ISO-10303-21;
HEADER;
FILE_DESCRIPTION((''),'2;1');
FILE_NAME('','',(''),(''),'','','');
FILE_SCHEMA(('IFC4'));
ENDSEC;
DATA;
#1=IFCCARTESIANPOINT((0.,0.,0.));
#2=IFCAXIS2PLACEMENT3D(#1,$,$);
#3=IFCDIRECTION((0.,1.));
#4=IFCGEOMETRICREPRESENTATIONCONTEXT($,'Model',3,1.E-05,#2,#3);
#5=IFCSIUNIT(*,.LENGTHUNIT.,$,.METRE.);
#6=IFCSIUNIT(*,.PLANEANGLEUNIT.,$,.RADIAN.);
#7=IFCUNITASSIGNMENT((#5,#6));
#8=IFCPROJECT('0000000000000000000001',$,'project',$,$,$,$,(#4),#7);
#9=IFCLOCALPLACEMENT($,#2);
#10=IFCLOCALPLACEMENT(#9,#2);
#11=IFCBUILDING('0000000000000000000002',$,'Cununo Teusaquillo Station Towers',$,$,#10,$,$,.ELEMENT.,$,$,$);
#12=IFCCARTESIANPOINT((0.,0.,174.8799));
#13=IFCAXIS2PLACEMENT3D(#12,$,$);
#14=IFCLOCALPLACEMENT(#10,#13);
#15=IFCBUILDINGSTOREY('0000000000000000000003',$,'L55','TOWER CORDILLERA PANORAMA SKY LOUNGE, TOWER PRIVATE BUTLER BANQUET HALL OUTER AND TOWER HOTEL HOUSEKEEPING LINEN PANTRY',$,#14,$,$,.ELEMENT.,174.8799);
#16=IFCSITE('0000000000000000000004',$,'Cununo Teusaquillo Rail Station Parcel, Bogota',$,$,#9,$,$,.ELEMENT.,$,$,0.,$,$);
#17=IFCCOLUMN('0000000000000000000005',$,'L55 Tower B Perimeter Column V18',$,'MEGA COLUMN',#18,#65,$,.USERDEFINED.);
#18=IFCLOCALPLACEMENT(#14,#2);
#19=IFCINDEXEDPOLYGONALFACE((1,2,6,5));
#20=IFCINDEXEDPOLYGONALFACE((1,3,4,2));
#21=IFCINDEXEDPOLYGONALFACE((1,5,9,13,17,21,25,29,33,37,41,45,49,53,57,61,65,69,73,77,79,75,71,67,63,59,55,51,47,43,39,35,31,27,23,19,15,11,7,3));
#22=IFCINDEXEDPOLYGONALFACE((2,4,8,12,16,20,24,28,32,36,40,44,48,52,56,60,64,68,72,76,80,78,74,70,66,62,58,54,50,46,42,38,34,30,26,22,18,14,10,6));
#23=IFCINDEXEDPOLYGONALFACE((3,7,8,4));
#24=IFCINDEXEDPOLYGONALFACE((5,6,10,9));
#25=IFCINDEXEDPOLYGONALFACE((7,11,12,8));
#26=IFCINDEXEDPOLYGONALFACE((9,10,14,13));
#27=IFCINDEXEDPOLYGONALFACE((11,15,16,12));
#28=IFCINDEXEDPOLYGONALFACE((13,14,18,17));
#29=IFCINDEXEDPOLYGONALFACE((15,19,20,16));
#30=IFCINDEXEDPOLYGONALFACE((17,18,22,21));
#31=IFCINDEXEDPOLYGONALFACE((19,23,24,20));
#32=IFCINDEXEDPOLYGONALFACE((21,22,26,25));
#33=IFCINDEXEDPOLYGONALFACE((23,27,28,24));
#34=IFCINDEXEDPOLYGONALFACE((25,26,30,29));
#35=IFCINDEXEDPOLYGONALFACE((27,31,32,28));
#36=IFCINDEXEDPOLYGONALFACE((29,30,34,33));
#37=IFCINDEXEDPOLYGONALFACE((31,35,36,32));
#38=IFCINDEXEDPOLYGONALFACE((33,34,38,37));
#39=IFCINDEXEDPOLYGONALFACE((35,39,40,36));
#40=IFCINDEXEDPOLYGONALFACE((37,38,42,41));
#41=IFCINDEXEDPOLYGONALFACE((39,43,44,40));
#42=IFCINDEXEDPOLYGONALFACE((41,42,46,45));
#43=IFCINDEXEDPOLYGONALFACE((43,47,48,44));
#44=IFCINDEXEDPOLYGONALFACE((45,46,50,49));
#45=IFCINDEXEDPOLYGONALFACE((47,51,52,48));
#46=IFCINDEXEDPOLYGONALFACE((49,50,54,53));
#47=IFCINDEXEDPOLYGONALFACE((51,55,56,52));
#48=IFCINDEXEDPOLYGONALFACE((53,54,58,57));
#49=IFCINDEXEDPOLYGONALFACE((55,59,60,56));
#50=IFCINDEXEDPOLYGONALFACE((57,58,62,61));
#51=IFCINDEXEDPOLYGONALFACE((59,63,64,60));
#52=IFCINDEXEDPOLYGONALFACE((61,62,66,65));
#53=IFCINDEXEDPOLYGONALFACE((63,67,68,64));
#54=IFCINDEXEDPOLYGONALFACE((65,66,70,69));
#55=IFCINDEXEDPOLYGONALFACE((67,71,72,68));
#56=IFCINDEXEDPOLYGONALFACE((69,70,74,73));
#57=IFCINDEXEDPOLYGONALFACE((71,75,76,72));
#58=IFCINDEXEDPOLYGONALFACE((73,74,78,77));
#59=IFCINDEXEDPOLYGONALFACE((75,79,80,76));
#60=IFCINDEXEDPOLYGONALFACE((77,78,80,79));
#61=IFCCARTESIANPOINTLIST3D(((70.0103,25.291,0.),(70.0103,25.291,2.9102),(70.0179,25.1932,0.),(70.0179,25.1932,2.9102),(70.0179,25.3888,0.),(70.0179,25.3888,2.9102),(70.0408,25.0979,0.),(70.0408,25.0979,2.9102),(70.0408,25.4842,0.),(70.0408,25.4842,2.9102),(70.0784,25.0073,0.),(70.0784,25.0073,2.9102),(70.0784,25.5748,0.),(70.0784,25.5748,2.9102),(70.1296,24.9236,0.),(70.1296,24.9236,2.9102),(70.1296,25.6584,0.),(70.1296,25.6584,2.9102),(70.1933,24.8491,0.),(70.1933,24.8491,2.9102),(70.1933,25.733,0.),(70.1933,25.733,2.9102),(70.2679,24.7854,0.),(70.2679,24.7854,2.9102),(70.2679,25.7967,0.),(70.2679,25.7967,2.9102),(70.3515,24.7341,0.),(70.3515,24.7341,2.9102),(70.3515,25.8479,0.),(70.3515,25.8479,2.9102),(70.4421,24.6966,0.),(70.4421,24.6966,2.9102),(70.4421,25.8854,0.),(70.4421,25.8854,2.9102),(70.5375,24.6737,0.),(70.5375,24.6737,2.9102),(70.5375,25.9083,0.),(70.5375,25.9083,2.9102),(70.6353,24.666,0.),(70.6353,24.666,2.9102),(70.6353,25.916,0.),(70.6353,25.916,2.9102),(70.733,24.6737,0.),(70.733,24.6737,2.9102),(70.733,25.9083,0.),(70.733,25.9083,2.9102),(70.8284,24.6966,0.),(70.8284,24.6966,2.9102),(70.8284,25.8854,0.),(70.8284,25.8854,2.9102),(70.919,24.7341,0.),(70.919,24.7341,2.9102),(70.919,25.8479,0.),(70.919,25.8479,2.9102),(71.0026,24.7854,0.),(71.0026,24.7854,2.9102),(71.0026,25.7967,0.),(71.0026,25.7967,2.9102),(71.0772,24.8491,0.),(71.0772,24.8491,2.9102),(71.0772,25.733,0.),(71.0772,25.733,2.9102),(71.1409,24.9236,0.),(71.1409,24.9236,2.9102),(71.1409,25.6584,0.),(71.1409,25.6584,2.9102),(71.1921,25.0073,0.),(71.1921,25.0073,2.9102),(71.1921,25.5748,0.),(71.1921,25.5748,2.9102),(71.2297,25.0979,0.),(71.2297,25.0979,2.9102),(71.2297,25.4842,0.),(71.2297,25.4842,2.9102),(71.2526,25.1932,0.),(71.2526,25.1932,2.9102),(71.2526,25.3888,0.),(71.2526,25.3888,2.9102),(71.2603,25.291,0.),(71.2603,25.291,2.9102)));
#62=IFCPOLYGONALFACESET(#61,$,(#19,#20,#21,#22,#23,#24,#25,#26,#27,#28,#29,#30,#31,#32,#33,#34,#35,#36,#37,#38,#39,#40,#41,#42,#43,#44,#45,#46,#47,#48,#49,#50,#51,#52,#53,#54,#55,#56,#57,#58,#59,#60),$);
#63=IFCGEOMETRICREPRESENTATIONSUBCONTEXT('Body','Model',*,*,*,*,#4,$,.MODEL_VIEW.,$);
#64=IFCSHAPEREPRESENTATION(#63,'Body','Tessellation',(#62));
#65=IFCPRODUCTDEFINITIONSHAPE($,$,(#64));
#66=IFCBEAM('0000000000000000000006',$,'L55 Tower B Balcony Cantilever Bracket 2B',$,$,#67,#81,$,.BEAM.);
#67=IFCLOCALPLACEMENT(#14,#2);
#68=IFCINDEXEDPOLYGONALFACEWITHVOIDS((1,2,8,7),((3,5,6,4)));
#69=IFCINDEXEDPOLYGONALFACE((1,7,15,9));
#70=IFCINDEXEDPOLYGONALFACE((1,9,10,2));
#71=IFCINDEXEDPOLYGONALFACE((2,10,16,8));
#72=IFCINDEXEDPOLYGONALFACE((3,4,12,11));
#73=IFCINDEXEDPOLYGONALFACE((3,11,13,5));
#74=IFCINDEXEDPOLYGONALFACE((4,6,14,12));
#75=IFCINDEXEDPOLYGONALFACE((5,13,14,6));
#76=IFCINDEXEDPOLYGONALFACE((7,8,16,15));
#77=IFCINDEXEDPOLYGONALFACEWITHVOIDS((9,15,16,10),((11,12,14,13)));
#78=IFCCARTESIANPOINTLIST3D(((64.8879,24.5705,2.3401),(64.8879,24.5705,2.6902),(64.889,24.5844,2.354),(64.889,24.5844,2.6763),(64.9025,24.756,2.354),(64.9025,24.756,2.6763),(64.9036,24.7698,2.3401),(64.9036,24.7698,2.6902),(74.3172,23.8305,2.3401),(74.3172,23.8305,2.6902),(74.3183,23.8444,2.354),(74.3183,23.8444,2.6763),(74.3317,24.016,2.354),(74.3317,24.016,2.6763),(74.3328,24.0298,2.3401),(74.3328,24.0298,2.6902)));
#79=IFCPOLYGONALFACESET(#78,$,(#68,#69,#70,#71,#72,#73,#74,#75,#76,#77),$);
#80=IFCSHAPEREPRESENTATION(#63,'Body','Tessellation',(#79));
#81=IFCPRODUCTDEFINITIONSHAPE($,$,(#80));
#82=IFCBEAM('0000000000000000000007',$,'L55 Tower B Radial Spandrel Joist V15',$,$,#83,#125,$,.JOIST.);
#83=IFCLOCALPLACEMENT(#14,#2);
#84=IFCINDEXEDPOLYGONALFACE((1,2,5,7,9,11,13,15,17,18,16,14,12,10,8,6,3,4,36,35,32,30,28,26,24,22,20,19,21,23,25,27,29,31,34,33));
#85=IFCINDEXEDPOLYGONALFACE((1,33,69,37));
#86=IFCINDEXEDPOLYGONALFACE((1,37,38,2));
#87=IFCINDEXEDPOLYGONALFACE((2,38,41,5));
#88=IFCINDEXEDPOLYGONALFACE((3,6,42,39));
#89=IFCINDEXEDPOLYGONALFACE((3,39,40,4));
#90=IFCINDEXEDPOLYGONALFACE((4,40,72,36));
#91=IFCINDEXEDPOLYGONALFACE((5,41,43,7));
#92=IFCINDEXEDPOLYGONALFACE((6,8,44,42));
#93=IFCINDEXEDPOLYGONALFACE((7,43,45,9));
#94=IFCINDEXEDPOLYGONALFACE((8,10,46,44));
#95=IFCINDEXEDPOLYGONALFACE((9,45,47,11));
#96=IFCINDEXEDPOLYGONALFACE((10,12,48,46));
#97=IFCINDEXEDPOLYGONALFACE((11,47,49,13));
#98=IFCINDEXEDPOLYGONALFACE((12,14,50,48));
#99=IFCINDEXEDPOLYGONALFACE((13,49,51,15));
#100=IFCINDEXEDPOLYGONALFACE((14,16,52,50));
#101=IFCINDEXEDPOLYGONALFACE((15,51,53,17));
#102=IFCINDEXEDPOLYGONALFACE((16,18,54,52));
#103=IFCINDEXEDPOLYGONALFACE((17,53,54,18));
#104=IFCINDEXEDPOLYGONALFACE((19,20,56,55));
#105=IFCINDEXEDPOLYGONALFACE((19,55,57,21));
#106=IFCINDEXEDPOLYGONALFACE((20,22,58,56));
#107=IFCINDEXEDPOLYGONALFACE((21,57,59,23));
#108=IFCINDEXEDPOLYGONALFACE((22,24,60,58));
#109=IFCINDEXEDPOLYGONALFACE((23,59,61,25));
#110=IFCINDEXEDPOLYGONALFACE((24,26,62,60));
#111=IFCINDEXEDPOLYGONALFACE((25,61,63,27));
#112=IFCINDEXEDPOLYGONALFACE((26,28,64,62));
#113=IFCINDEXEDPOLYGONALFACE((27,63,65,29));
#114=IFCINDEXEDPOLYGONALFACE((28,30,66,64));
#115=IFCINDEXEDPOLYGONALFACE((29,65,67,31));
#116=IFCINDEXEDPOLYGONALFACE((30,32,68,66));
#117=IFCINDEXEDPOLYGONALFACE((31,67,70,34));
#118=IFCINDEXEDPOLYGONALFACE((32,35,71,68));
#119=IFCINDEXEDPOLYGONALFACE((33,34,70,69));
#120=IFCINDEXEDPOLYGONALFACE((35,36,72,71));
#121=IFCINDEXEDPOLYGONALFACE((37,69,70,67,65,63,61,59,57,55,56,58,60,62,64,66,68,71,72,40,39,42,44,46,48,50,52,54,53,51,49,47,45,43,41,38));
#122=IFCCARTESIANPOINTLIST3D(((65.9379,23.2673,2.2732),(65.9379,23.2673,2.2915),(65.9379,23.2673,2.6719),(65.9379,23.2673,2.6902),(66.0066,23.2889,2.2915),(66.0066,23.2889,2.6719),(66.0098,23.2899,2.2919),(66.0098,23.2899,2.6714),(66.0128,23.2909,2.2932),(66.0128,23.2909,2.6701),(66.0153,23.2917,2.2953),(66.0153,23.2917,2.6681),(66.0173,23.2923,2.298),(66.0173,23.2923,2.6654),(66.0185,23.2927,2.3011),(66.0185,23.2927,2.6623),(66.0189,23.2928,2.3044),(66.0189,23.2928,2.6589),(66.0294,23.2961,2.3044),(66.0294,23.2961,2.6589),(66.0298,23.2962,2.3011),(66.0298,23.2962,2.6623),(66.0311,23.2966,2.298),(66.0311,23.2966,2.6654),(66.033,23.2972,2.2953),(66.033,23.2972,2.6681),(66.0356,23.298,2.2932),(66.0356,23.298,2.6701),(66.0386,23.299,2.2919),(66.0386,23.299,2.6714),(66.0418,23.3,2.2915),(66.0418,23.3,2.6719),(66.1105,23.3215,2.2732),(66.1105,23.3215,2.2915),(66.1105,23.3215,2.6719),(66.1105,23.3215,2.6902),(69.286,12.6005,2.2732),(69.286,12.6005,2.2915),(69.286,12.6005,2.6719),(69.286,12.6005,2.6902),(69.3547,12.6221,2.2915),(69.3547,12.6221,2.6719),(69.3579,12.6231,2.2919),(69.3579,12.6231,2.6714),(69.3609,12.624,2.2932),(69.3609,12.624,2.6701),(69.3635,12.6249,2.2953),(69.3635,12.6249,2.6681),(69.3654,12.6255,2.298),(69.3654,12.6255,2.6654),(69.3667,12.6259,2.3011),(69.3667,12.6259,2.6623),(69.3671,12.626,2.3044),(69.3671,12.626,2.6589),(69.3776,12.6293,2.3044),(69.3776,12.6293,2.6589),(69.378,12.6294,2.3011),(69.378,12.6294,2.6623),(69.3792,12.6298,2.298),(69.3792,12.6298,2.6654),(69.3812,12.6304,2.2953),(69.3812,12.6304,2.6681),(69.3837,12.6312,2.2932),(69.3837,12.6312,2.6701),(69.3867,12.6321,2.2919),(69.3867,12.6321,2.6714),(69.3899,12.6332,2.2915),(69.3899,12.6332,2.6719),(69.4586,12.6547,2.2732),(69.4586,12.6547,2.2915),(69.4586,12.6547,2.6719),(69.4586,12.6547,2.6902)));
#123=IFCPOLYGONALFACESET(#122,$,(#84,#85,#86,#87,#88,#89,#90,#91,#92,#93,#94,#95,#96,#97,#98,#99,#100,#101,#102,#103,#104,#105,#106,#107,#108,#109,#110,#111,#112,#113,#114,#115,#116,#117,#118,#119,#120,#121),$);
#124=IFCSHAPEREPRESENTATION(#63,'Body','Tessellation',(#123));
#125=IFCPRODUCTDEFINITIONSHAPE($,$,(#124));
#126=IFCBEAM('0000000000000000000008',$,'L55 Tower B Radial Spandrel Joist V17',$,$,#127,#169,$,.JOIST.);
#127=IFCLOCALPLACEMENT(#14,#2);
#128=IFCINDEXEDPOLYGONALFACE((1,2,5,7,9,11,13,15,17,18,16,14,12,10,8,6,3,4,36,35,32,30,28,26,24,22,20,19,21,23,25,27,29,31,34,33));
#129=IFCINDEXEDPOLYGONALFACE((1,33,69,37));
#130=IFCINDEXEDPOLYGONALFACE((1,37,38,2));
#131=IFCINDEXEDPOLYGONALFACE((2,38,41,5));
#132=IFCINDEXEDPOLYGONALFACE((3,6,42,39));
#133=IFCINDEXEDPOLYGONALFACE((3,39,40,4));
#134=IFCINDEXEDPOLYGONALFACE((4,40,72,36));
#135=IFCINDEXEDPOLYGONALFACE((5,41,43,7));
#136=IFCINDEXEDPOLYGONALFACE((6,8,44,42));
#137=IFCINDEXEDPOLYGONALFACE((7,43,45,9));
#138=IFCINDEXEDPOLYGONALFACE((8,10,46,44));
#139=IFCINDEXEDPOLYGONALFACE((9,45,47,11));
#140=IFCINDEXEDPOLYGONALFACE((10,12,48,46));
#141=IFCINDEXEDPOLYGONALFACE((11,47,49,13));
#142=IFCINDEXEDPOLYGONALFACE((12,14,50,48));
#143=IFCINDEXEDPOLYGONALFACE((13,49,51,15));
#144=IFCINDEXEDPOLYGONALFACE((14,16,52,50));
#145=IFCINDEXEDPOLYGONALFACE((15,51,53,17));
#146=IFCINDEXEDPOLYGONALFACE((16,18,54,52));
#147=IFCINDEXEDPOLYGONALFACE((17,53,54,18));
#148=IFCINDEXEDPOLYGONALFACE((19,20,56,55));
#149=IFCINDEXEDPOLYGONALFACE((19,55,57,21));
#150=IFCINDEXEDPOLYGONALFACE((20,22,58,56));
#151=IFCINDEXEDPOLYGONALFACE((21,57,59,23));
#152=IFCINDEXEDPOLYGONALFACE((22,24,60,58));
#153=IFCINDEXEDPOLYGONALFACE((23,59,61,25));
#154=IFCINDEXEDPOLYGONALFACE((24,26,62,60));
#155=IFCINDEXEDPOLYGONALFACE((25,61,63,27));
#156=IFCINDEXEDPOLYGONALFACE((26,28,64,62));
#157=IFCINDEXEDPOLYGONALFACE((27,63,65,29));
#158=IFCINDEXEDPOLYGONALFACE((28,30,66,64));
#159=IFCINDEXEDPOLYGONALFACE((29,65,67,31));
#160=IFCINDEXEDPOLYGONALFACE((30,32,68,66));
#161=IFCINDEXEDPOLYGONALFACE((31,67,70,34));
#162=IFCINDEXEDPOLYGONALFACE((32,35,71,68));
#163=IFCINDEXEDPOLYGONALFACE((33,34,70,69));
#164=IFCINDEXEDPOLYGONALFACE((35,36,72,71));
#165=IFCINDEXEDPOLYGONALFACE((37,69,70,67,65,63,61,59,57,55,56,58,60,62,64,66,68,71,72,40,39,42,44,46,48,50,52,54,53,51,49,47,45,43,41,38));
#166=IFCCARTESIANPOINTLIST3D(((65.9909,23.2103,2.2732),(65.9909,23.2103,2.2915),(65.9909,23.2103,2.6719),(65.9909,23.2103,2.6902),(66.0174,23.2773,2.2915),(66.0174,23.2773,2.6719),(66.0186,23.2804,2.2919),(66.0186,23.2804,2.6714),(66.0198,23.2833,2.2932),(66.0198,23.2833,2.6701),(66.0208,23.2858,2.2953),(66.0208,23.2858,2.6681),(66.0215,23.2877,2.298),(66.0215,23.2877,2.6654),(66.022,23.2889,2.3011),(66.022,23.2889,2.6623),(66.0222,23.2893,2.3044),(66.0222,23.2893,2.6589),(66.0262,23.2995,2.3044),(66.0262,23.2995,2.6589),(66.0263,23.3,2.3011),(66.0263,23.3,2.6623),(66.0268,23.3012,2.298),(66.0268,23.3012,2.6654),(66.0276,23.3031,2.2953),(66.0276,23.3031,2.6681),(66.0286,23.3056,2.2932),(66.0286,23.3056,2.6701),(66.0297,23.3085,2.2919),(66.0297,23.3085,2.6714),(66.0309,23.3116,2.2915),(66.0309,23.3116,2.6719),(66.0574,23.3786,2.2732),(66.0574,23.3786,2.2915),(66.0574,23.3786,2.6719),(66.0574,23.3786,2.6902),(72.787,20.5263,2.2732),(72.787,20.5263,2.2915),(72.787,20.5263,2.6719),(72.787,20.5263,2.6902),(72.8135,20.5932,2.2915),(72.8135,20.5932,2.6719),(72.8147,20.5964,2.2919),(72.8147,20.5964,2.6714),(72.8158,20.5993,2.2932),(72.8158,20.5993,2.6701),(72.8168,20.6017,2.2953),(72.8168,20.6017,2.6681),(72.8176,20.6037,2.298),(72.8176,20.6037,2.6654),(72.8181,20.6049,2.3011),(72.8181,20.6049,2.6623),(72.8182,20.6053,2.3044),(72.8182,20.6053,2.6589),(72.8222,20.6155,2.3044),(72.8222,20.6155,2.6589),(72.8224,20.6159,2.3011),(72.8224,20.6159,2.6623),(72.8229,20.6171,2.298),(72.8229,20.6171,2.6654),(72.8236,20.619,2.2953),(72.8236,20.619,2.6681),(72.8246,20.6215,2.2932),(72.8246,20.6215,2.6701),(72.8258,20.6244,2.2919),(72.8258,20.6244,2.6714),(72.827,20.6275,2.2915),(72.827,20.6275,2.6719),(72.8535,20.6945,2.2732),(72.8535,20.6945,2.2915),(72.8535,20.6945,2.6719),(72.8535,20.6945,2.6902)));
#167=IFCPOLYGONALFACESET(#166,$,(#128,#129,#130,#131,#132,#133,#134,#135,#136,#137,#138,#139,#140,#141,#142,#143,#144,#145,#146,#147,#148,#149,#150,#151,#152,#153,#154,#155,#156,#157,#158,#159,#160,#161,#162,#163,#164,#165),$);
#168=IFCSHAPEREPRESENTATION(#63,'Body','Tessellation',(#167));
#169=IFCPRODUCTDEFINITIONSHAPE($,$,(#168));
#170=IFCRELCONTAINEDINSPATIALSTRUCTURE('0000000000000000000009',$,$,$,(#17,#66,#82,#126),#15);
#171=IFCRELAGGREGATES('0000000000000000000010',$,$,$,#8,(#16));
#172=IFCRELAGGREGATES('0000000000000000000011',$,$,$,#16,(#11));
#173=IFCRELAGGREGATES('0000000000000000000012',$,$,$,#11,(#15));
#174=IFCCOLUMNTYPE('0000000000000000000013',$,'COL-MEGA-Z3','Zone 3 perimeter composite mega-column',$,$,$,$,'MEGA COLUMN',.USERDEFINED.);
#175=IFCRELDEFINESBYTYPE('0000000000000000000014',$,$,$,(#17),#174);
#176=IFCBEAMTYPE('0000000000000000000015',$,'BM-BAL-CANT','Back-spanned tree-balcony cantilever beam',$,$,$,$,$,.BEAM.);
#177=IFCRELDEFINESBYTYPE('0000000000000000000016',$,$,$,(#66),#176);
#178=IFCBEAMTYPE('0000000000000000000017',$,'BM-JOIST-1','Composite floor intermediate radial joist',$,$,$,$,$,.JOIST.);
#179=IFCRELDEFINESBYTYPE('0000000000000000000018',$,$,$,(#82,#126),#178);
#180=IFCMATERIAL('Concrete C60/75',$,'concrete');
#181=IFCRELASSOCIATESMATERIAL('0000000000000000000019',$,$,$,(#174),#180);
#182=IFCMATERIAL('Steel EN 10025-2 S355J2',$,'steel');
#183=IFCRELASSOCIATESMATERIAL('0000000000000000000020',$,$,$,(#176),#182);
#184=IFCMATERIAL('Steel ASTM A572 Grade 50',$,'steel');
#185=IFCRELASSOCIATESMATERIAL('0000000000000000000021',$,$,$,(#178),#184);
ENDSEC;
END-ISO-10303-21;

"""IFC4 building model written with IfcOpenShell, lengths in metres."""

from ifc_helpers import new_model, si_unit, direction, frame, origin, origin_2d, place, context, subcontext, project, spatial, hollow_rectangle, circle, i_section, extrude, material, material_profile, profile_set, type_object, element, save


model = new_model("IFC4")

# Units and contexts
model_context = context("Model", 3, precision=1e-05, world=origin(), true_north=direction((0.0, 1.0)))
body_context = subcontext(model_context, "Body", "Model", "MODEL_VIEW")
ifc_project = project(units=[si_unit("LENGTHUNIT", "METRE"), si_unit("PLANEANGLEUNIT", "RADIAN")], contexts=[model_context])

# Site, building, storey
site_placement = place(None, origin())
site = spatial("IfcSite", under=ifc_project, at=site_placement, Name="Cununo Teusaquillo Rail Station Parcel, Bogota", CompositionType="ELEMENT", RefElevation=0.0)
building_placement = place(site_placement, origin())
building = spatial("IfcBuilding", under=site, at=building_placement, Name="Cununo Teusaquillo Station Towers", CompositionType="ELEMENT")
storey_placement = place(building_placement, frame((0.0, 0.0, 174.8799)))
storey = spatial("IfcBuildingStorey", under=building, at=storey_placement, Name="L55", Description="TOWER CORDILLERA PANORAMA SKY LOUNGE, TOWER PRIVATE BUTLER BANQUET HALL OUTER AND TOWER HOTEL HOUSEKEEPING LINEN PANTRY", CompositionType="ELEMENT", Elevation=174.8799)

# Column
ifc_material_1 = material(Name="Concrete C60/75", Category="concrete")
ifc_material_profile_1 = material_profile(ifc_material_1, circle(Radius=0.625, at=origin_2d()), Name="RC-CIRC-1250")
ifc_profile_set_1 = profile_set([ifc_material_profile_1], Name="Concrete C60/75")
column_type = type_object("IfcColumnType", Name="COL-MEGA-Z3", Description="Zone 3 perimeter composite mega-column", ElementType="MEGA COLUMN", PredefinedType="USERDEFINED", material=ifc_profile_set_1)
column_placement = place(storey_placement, frame((70.6353, 25.291, 0.0), z_axis=(0.0, 0.0, 1.0), x_axis=(1.0, 0.0, 0.0)))
element("IfcColumn", 1, at=column_placement, inside=storey, type_object=column_type, Name="L55 Tower B Perimeter Column V18", ObjectType="MEGA COLUMN", PredefinedType="USERDEFINED", context=body_context, shape_type="SweptSolid", body=[
    extrude(circle(Radius=0.625, at=origin_2d()), origin(), (0.0, 0.0, 1.0), 2.9102),
])

# Beams
ifc_material_2 = material(Name="Steel EN 10025-2 S355J2", Category="steel")
ifc_material_profile_2 = material_profile(ifc_material_2, hollow_rectangle(XDim=0.2, YDim=0.3501, WallThickness=0.0139, at=origin_2d()), Name="RHS 350x200x14")
ifc_profile_set_2 = profile_set([ifc_material_profile_2], Name="Steel EN 10025-2 S355J2")
beam_type_1 = type_object("IfcBeamType", Name="BM-BAL-CANT", Description="Back-spanned tree-balcony cantilever beam", PredefinedType="BEAM", material=ifc_profile_set_2)
beam_1_placement = place(storey_placement, frame((64.8958, 24.6702, 2.5151), z_axis=(0.996935, -0.078238, 0.0), x_axis=(0.078238, 0.996935, 0.0)))
element("IfcBeam", 2, at=beam_1_placement, inside=storey, type_object=beam_type_1, Name="L55 Tower B Balcony Cantilever Bracket 2B", PredefinedType="BEAM", context=body_context, shape_type="SweptSolid", body=[
    extrude(hollow_rectangle(XDim=0.2, YDim=0.3501, WallThickness=0.0139, at=origin_2d()), origin(), (0.0, 0.0, 1.0), 9.4583),
])
ifc_material_3 = material(Name="Steel ASTM A572 Grade 50", Category="steel")
ifc_material_profile_3 = material_profile(ifc_material_3, i_section(OverallWidth=0.1809, OverallDepth=0.417, WebThickness=0.011, FlangeThickness=0.0183, FilletRadius=0.0129, at=origin_2d()), Name="W16X57")
ifc_profile_set_3 = profile_set([ifc_material_profile_3], Name="Steel ASTM A572 Grade 50")
beam_type_2 = type_object("IfcBeamType", Name="BM-JOIST-1", Description="Composite floor intermediate radial joist", PredefinedType="JOIST", material=ifc_profile_set_3)
beam_2_placement = place(storey_placement, frame((66.0242, 23.2944, 2.4817), z_axis=(0.29948, -0.954103, 0.0), x_axis=(0.954103, 0.29948, 0.0)))
element("IfcBeam", 3, at=beam_2_placement, inside=storey, type_object=beam_type_2, Name="L55 Tower B Radial Spandrel Joist V15", PredefinedType="JOIST", context=body_context, shape_type="SweptSolid", body=[
    extrude(i_section(OverallWidth=0.1809, OverallDepth=0.417, WebThickness=0.011, FlangeThickness=0.0183, FilletRadius=0.0129, at=origin_2d()), origin(), (0.0, 0.0, 1.0), 11.1799),
])
beam_3_placement = place(storey_placement, frame((66.0242, 23.2944, 2.4817), z_axis=(0.93009, -0.367332, 0.0), x_axis=(0.367332, 0.93009, 0.0)))
element("IfcBeam", 4, at=beam_3_placement, inside=storey, type_object=beam_type_2, Name="L55 Tower B Radial Spandrel Joist V17", PredefinedType="JOIST", context=body_context, shape_type="SweptSolid", body=[
    extrude(i_section(OverallWidth=0.1809, OverallDepth=0.417, WebThickness=0.011, FlangeThickness=0.0183, FilletRadius=0.0129, at=origin_2d()), origin(), (0.0, 0.0, 1.0), 7.3069),
])

save(model, "model.ifc")
